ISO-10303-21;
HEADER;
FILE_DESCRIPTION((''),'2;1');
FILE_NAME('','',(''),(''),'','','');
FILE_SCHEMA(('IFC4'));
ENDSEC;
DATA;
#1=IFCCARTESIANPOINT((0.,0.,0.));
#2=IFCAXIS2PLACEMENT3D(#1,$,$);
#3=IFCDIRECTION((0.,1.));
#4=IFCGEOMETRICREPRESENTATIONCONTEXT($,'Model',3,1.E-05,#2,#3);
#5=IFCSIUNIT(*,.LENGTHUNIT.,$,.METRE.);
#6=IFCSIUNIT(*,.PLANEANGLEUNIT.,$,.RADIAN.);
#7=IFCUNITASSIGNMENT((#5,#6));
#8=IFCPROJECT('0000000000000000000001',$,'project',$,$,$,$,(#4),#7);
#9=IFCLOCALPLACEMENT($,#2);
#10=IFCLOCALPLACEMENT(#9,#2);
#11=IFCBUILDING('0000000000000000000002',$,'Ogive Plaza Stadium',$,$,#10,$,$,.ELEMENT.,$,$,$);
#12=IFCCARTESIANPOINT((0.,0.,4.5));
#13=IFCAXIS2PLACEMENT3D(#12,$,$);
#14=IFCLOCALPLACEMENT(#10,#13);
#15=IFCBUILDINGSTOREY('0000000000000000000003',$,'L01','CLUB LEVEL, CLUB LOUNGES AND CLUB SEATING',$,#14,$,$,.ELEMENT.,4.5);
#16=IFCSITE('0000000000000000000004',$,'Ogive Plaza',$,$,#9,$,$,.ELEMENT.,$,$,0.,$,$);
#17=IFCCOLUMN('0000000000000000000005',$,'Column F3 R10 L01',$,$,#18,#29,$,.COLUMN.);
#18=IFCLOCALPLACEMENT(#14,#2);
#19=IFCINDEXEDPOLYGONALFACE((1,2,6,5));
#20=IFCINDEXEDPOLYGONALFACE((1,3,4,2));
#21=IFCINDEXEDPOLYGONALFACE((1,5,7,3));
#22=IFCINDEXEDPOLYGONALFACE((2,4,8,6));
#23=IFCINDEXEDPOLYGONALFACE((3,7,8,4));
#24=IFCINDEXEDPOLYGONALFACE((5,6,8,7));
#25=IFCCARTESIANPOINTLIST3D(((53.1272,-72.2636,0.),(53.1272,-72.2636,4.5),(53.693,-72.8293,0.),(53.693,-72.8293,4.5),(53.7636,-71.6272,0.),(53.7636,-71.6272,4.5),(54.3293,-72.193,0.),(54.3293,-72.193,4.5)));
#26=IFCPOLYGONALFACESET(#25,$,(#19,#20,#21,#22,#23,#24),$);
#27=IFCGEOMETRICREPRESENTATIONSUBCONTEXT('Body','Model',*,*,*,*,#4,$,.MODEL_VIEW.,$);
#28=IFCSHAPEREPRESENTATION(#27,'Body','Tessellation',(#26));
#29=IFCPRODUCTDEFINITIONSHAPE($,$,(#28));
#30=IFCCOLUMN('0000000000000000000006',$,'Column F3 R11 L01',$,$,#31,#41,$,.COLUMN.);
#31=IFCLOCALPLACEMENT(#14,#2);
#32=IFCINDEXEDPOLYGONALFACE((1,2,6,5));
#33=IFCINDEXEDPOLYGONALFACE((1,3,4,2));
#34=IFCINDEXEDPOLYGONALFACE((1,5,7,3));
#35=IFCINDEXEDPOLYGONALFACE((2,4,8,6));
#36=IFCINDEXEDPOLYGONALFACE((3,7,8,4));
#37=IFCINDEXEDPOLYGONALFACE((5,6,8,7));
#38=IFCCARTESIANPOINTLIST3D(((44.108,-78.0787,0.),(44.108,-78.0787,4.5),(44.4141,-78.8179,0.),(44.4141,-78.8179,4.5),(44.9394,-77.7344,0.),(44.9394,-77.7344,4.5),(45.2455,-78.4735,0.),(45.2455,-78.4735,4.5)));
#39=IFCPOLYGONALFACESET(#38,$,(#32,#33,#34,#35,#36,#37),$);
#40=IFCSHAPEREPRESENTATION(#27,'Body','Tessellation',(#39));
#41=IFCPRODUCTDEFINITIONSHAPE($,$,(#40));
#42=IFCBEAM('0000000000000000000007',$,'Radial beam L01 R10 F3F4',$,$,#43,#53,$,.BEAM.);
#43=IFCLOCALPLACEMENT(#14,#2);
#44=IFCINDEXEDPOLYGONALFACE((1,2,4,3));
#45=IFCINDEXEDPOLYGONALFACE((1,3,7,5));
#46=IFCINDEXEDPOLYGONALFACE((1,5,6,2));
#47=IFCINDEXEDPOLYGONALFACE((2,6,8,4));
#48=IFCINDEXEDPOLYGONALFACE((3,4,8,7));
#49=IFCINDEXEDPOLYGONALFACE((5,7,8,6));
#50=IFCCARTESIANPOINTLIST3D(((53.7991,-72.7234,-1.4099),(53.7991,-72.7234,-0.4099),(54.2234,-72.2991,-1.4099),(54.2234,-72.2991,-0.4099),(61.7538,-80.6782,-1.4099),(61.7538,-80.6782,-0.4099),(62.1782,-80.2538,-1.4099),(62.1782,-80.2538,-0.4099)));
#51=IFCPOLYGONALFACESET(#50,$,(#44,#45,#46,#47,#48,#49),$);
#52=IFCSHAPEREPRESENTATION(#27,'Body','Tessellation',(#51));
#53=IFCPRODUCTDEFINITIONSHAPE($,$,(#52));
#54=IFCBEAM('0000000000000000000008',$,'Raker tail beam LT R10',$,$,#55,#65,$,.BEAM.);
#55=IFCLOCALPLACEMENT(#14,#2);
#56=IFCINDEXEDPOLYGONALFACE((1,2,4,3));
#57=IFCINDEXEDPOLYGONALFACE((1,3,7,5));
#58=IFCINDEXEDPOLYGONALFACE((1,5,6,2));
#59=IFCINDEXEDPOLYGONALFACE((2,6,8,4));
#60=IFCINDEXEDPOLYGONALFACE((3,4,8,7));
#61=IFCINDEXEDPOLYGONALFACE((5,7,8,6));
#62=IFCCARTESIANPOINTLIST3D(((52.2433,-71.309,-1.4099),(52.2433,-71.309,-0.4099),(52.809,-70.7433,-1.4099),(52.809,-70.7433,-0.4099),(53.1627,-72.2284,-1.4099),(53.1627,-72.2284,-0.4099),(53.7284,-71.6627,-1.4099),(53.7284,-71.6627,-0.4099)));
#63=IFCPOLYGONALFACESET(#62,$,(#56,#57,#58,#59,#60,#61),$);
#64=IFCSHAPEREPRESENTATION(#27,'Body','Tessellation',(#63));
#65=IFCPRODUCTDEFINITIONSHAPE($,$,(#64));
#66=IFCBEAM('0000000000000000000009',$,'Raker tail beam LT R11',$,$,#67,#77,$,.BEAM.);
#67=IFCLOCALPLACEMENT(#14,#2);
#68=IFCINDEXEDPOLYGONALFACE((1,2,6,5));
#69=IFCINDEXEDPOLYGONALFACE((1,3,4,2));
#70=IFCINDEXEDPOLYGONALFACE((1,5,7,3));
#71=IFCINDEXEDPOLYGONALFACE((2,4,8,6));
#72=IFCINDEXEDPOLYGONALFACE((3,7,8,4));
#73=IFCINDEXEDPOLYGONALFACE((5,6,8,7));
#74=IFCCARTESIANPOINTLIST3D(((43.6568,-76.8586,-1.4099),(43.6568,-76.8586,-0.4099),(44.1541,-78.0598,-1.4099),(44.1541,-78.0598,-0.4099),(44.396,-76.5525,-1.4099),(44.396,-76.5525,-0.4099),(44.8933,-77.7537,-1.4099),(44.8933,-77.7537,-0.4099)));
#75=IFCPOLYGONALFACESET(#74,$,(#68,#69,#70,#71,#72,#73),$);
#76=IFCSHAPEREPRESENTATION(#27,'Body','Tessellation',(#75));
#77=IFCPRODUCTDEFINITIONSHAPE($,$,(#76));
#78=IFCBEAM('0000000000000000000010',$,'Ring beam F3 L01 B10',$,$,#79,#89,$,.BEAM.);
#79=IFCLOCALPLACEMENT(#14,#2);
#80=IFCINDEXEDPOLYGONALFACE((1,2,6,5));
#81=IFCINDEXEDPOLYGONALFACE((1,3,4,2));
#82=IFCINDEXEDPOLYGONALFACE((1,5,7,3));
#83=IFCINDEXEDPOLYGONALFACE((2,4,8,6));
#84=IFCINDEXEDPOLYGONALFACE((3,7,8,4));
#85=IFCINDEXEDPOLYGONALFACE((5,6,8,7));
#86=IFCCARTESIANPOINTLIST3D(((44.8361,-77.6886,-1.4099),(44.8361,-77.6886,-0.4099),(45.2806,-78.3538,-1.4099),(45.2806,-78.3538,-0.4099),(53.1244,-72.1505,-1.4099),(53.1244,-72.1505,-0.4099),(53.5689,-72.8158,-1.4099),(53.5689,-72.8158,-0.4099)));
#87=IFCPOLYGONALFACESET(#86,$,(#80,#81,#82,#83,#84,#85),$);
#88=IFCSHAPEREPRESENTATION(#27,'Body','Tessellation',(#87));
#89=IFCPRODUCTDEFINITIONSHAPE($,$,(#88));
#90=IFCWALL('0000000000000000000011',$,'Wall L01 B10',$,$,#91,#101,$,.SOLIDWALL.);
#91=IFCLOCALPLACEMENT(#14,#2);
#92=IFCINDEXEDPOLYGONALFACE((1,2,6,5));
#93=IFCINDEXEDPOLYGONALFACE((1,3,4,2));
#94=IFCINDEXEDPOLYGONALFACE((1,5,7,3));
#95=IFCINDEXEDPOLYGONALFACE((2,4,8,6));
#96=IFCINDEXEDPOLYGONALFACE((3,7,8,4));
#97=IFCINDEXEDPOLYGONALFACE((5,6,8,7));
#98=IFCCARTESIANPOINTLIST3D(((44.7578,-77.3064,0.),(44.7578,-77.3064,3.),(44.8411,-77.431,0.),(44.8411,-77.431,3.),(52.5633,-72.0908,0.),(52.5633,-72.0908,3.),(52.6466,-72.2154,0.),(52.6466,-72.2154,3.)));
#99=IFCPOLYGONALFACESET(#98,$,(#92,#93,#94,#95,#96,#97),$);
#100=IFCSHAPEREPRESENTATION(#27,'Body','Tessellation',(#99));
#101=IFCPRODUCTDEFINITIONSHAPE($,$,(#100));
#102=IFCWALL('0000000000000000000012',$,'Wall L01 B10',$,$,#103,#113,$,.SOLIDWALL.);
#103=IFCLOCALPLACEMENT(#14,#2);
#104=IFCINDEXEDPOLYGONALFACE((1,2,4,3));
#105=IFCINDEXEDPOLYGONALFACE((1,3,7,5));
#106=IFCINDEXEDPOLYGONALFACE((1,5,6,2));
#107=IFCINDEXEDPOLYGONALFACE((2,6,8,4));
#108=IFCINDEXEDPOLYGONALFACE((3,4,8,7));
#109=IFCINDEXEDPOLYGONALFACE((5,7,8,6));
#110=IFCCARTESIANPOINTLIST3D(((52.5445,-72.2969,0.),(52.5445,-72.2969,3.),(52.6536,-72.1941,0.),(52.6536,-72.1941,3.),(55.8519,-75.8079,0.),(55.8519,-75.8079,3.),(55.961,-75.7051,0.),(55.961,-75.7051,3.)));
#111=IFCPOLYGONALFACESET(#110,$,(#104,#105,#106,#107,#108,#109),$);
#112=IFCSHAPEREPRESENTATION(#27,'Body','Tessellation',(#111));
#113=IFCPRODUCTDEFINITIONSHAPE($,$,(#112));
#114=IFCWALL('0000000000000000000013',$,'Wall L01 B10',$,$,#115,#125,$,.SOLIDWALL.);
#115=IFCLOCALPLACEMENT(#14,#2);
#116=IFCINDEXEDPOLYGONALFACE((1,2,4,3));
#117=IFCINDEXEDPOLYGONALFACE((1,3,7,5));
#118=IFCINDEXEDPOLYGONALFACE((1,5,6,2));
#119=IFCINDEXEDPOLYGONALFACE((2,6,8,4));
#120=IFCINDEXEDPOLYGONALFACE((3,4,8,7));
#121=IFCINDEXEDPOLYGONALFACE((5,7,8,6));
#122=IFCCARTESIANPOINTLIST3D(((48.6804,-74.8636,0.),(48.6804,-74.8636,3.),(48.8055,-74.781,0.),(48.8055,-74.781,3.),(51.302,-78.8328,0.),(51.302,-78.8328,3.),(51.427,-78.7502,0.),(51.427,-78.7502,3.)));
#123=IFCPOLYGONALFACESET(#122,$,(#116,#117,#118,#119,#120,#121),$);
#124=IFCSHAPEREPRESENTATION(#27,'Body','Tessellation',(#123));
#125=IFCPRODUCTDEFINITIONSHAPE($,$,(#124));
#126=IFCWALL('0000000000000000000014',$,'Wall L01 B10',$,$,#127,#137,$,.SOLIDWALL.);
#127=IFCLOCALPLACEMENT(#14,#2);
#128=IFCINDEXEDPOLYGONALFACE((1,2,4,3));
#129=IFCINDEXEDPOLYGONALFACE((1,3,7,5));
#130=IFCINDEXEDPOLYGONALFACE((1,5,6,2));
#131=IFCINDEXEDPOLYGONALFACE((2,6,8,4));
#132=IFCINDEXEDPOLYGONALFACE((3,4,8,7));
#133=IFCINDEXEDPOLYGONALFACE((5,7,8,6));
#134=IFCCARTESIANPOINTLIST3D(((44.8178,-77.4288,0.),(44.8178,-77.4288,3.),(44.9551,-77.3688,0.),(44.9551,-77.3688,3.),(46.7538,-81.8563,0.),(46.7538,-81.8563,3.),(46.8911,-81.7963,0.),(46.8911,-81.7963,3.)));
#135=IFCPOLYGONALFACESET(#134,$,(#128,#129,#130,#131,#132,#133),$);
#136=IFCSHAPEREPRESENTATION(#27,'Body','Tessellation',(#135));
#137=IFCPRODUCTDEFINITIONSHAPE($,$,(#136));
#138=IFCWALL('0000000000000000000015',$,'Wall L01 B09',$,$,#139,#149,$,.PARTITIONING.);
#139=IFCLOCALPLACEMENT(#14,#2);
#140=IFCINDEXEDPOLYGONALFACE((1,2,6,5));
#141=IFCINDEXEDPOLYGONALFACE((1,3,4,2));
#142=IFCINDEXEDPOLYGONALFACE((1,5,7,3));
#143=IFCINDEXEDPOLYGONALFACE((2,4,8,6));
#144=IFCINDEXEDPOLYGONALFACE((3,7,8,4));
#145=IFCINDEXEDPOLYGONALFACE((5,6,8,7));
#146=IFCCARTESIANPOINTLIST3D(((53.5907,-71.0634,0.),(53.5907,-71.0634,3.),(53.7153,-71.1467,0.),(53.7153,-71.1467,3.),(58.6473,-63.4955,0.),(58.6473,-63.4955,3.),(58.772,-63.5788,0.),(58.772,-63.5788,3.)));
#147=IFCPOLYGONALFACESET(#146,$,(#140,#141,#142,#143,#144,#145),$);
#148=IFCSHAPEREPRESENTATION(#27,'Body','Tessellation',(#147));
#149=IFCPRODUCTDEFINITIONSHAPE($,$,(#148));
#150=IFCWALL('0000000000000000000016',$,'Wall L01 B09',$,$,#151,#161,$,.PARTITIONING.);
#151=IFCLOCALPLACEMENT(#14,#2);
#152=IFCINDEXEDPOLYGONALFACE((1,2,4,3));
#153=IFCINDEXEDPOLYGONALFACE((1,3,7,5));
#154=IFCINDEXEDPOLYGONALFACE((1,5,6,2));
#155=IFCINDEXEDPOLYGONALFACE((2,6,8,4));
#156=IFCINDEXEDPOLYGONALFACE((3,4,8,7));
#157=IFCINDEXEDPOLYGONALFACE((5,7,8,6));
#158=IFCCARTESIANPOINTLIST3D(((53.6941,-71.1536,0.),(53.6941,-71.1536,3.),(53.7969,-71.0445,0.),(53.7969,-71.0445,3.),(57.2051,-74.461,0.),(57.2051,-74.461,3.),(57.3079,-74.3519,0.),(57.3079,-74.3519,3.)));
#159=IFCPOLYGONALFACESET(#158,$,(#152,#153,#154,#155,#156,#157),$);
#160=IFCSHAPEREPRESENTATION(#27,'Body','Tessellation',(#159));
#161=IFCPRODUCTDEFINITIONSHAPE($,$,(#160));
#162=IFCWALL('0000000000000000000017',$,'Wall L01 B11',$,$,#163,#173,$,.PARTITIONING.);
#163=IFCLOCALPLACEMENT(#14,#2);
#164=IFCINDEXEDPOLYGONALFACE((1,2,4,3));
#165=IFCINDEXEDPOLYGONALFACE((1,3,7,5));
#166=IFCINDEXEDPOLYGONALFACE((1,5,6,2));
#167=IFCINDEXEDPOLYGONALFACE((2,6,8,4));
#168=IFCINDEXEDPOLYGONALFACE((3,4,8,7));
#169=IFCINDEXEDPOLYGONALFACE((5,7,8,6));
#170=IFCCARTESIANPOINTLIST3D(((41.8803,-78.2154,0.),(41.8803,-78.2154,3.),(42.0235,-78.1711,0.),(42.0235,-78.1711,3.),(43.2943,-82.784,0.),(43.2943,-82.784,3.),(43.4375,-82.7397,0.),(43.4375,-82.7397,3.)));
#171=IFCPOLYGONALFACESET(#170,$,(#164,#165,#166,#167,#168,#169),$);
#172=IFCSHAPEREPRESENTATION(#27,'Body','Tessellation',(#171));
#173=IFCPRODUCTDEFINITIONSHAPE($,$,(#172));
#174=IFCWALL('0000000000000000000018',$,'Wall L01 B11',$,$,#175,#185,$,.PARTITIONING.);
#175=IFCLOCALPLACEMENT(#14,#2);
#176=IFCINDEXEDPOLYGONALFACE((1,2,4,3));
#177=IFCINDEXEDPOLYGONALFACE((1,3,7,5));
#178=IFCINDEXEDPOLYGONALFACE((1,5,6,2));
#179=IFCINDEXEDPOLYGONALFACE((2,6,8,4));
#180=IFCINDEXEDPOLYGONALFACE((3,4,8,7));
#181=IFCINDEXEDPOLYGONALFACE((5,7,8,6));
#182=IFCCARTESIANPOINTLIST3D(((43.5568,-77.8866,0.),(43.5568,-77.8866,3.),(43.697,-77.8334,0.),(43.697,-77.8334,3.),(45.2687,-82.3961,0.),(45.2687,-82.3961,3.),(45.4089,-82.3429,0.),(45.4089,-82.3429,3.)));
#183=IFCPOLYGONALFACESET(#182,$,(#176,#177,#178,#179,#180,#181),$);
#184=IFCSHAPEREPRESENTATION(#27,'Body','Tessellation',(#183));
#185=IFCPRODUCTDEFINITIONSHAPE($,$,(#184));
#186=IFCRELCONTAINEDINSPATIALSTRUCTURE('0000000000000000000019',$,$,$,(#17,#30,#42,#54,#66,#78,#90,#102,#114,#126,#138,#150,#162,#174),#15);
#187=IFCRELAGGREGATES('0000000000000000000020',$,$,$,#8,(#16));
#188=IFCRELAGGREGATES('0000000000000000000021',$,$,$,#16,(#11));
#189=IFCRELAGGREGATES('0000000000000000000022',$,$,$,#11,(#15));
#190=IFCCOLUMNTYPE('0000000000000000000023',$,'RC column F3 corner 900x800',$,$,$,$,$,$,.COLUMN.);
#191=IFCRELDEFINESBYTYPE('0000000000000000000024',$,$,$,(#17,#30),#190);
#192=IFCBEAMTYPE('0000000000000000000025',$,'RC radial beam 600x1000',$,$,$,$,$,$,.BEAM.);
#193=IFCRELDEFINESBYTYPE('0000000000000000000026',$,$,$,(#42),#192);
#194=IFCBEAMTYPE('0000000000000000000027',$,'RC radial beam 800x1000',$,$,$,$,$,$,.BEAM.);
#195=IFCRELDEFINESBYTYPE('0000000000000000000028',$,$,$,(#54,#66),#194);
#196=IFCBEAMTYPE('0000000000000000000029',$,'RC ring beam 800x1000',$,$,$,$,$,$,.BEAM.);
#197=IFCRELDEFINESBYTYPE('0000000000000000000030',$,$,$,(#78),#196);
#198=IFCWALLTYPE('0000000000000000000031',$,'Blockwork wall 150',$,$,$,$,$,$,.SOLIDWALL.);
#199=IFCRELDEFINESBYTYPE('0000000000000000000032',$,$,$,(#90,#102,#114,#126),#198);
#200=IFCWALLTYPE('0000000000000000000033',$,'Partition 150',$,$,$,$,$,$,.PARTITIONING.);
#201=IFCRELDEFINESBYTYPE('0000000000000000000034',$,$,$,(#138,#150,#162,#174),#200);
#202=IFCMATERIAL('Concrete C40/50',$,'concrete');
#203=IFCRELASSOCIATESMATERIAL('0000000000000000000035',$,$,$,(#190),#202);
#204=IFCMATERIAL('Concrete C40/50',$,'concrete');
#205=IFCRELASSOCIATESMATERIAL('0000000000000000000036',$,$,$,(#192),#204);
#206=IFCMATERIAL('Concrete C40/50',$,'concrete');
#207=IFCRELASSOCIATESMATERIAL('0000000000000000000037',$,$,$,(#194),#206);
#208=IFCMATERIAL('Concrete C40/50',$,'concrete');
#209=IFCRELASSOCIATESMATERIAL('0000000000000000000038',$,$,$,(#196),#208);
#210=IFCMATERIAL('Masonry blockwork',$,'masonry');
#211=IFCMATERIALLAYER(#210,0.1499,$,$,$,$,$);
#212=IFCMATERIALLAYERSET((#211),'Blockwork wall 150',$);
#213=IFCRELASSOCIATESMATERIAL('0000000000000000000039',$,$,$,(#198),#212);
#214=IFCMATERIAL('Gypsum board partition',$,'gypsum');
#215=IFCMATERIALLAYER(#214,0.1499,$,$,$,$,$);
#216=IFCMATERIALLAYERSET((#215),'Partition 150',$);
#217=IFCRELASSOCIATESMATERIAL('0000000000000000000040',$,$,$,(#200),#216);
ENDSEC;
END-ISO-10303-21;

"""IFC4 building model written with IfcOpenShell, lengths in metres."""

from ifc_helpers import new_model, si_unit, direction, frame, frame_2d, origin, origin_2d, place, context, subcontext, project, spatial, rectangle, extrude, material, layer, layer_set, material_profile, profile_set, type_object, element, save


model = new_model("IFC4")

# Units and contexts
model_context = context("Model", 3, precision=1e-05, world=origin(), true_north=direction((0.0, 1.0)))
body_context = subcontext(model_context, "Body", "Model", "MODEL_VIEW")
ifc_project = project(units=[si_unit("LENGTHUNIT", "METRE"), si_unit("PLANEANGLEUNIT", "RADIAN")], contexts=[model_context])

# Site, building, storey
site_placement = place(None, origin())
site = spatial("IfcSite", under=ifc_project, at=site_placement, Name="Ogive Plaza", CompositionType="ELEMENT", RefElevation=0.0)
building_placement = place(site_placement, origin())
building = spatial("IfcBuilding", under=site, at=building_placement, Name="Ogive Plaza Stadium", CompositionType="ELEMENT")
storey_placement = place(building_placement, frame((0.0, 0.0, 4.5)))
storey = spatial("IfcBuildingStorey", under=building, at=storey_placement, Name="L01", Description="CLUB LEVEL, CLUB LOUNGES AND CLUB SEATING", CompositionType="ELEMENT", Elevation=4.5)

# Columns
ifc_material_1 = material(Name="Concrete C40/50", Category="concrete")
ifc_material_profile_1 = material_profile(ifc_material_1, rectangle(XDim=0.8999, YDim=0.8, at=origin_2d()), Name="RC 900x800")
ifc_profile_set_1 = profile_set([ifc_material_profile_1], Name="Concrete C40/50")
column_type = type_object("IfcColumnType", Name="RC column F3 corner 900x800", PredefinedType="COLUMN", material=ifc_profile_set_1)
for number, where, z_axis, x_axis, name in (
    (1, (53.7283, -72.2283, 0.0), (0.0, 0.0, 1.0), (0.707107, 0.707107, 0.0), "Column F3 R10 L01"),
    (2, (44.6768, -78.2761, 0.0), (0.0, 0.0, 1.0), (0.92388, 0.382683, 0.0), "Column F3 R11 L01"),
):
    element("IfcColumn", number, at=place(storey_placement, frame(where, z_axis=z_axis, x_axis=x_axis)), inside=storey, type_object=column_type, Name=name, PredefinedType="COLUMN", context=body_context, shape_type="SweptSolid", body=[
        extrude(rectangle(XDim=0.8999, YDim=0.8, at=origin_2d()), origin(), (0.0, 0.0, 1.0), 4.5),
    ])

# Beams
ifc_material_2 = material(Name="Concrete C40/50", Category="concrete")
ifc_material_profile_2 = material_profile(ifc_material_2, rectangle(XDim=0.6001, YDim=1.0, at=origin_2d()), Name="RC 600x1000")
ifc_profile_set_2 = profile_set([ifc_material_profile_2], Name="Concrete C40/50")
beam_type_1 = type_object("IfcBeamType", Name="RC radial beam 600x1000", PredefinedType="BEAM", material=ifc_profile_set_2)
beam_1_placement = place(storey_placement, frame((54.0112, -72.5112, -0.9099), z_axis=(0.707107, -0.707107, 0.0), x_axis=(0.707107, 0.707107, 0.0)))
element("IfcBeam", 3, at=beam_1_placement, inside=storey, type_object=beam_type_1, Name="Radial beam L01 R10 F3F4", PredefinedType="BEAM", context=body_context, shape_type="SweptSolid", body=[
    extrude(rectangle(XDim=0.6001, YDim=1.0, at=origin_2d()), origin(), (0.0, 0.0, 1.0), 11.2498),
])
ifc_material_3 = material(Name="Concrete C40/50", Category="concrete")
ifc_material_profile_3 = material_profile(ifc_material_3, rectangle(XDim=0.8, YDim=1.0, at=origin_2d()), Name="RC 800x1000")
ifc_profile_set_3 = profile_set([ifc_material_profile_3], Name="Concrete C40/50")
beam_type_2 = type_object("IfcBeamType", Name="RC radial beam 800x1000", PredefinedType="BEAM", material=ifc_profile_set_3)
beam_2_placement = place(storey_placement, frame((52.5261, -71.0261, -0.9099), z_axis=(0.707107, -0.707107, 0.0), x_axis=(0.707107, 0.707107, 0.0)))
element("IfcBeam", 4, at=beam_2_placement, inside=storey, type_object=beam_type_2, Name="Raker tail beam LT R10", PredefinedType="BEAM", context=body_context, shape_type="SweptSolid", body=[
    extrude(rectangle(XDim=0.8, YDim=1.0, at=origin_2d()), origin(), (0.0, 0.0, 1.0), 1.3003),
])
beam_3_placement = place(storey_placement, frame((44.0264, -76.7056, -0.9099), z_axis=(0.382534, -0.923941, 0.0), x_axis=(0.923941, 0.382534, 0.0)))
element("IfcBeam", 5, at=beam_3_placement, inside=storey, type_object=beam_type_2, Name="Raker tail beam LT R11", PredefinedType="BEAM", context=body_context, shape_type="SweptSolid", body=[
    extrude(rectangle(XDim=0.8, YDim=1.0, at=origin_2d()), origin(), (0.0, 0.0, 1.0), 1.3),
])
ifc_material_4 = material(Name="Concrete C40/50", Category="concrete")
ifc_material_profile_4 = material_profile(ifc_material_4, rectangle(XDim=0.8, YDim=1.0, at=origin_2d()), Name="RC 800x1000")
ifc_profile_set_4 = profile_set([ifc_material_profile_4], Name="Concrete C40/50")
beam_type_3 = type_object("IfcBeamType", Name="RC ring beam 800x1000", PredefinedType="BEAM", material=ifc_profile_set_4)
beam_4_placement = place(storey_placement, frame((53.3467, -72.4832, -0.9099), z_axis=(-0.83147, -0.55557, 0.0), x_axis=(0.55557, -0.83147, 0.0)))
element("IfcBeam", 6, at=beam_4_placement, inside=storey, type_object=beam_type_3, Name="Ring beam F3 L01 B10", PredefinedType="BEAM", context=body_context, shape_type="SweptSolid", body=[
    extrude(rectangle(XDim=0.8, YDim=1.0, at=origin_2d()), origin(), (0.0, 0.0, 1.0), 9.9683),
])

# Walls
ifc_material_5 = material(Name="Masonry blockwork", Category="masonry")
ifc_layer_1 = layer(ifc_material_5, 0.1499)
ifc_layer_set_1 = layer_set([ifc_layer_1], Name="Blockwork wall 150")
wall_type_1 = type_object("IfcWallType", Name="Blockwork wall 150", PredefinedType="SOLIDWALL", material=ifc_layer_set_1)
wall_1_placement = place(storey_placement, frame((52.605, -72.1531, 0.0), z_axis=(0.0, 0.0, 1.0), x_axis=(-0.831462, -0.555582, 0.0)))
element("IfcWall", 7, at=wall_1_placement, inside=storey, type_object=wall_type_1, Name="Wall L01 B10", PredefinedType="SOLIDWALL", context=body_context, shape_type="SweptSolid", body=[
    extrude(rectangle(XDim=9.3877, YDim=0.1499, at=frame_2d((4.6938, 0.0))), origin(), (0.0, 0.0, 1.0), 3.0),
])
wall_2_placement = place(storey_placement, frame((52.5991, -72.2456, 0.0), z_axis=(0.0, 0.0, 1.0), x_axis=(0.685685, -0.727898, 0.0)))
element("IfcWall", 8, at=wall_2_placement, inside=storey, type_object=wall_type_1, Name="Wall L01 B10", PredefinedType="SOLIDWALL", context=body_context, shape_type="SweptSolid", body=[
    extrude(rectangle(XDim=4.8235, YDim=0.1499, at=frame_2d((2.4116, 0.0))), origin(), (0.0, 0.0, 1.0), 3.0),
])
wall_3_placement = place(storey_placement, frame((48.7429, -74.8223, 0.0), z_axis=(0.0, 0.0, 1.0), x_axis=(0.551118, -0.834427, 0.0)))
element("IfcWall", 9, at=wall_3_placement, inside=storey, type_object=wall_type_1, Name="Wall L01 B10", PredefinedType="SOLIDWALL", context=body_context, shape_type="SweptSolid", body=[
    extrude(rectangle(XDim=4.7568, YDim=0.1499, at=frame_2d((2.3784, 0.0))), origin(), (0.0, 0.0, 1.0), 3.0),
])
wall_4_placement = place(storey_placement, frame((44.8865, -77.3989, 0.0), z_axis=(0.0, 0.0, 1.0), x_axis=(0.400647, -0.916233, 0.0)))
element("IfcWall", 10, at=wall_4_placement, inside=storey, type_object=wall_type_1, Name="Wall L01 B10", PredefinedType="SOLIDWALL", context=body_context, shape_type="SweptSolid", body=[
    extrude(rectangle(XDim=4.8323, YDim=0.1499, at=frame_2d((2.416, 0.0))), origin(), (0.0, 0.0, 1.0), 3.0),
])
ifc_material_6 = material(Name="Gypsum board partition", Category="gypsum")
ifc_layer_2 = layer(ifc_material_6, 0.1499)
ifc_layer_set_2 = layer_set([ifc_layer_2], Name="Partition 150")
wall_type_2 = type_object("IfcWallType", Name="Partition 150", PredefinedType="PARTITIONING", material=ifc_layer_set_2)
wall_5_placement = place(storey_placement, frame((53.6531, -71.105, 0.0), z_axis=(0.0, 0.0, 1.0), x_axis=(0.555566, 0.831472, 0.0)))
element("IfcWall", 11, at=wall_5_placement, inside=storey, type_object=wall_type_2, Name="Wall L01 B09", PredefinedType="PARTITIONING", context=body_context, shape_type="SweptSolid", body=[
    extrude(rectangle(XDim=9.1018, YDim=0.1499, at=frame_2d((4.5508, 0.0))), origin(), (0.0, 0.0, 1.0), 3.0),
])
wall_6_placement = place(storey_placement, frame((53.7456, -71.0991, 0.0), z_axis=(0.0, 0.0, 1.0), x_axis=(0.727898, -0.685685, 0.0)))
element("IfcWall", 12, at=wall_6_placement, inside=storey, type_object=wall_type_2, Name="Wall L01 B09", PredefinedType="PARTITIONING", context=body_context, shape_type="SweptSolid", body=[
    extrude(rectangle(XDim=4.8235, YDim=0.1499, at=frame_2d((2.4116, 0.0))), origin(), (0.0, 0.0, 1.0), 3.0),
])
wall_7_placement = place(storey_placement, frame((41.9519, -78.1934, 0.0), z_axis=(0.0, 0.0, 1.0), x_axis=(0.295678, -0.955288, 0.0)))
element("IfcWall", 13, at=wall_7_placement, inside=storey, type_object=wall_type_2, Name="Wall L01 B11", PredefinedType="PARTITIONING", context=body_context, shape_type="SweptSolid", body=[
    extrude(rectangle(XDim=4.7825, YDim=0.1499, at=frame_2d((2.3911, 0.0))), origin(), (0.0, 0.0, 1.0), 3.0),
])
wall_8_placement = place(storey_placement, frame((43.627, -77.8601, 0.0), z_axis=(0.0, 0.0, 1.0), x_axis=(0.354909, -0.934901, 0.0)))
element("IfcWall", 14, at=wall_8_placement, inside=storey, type_object=wall_type_2, Name="Wall L01 B11", PredefinedType="PARTITIONING", context=body_context, shape_type="SweptSolid", body=[
    extrude(rectangle(XDim=4.8235, YDim=0.1499, at=frame_2d((2.4116, 0.0))), origin(), (0.0, 0.0, 1.0), 3.0),
])

save(model, "model.ifc")
